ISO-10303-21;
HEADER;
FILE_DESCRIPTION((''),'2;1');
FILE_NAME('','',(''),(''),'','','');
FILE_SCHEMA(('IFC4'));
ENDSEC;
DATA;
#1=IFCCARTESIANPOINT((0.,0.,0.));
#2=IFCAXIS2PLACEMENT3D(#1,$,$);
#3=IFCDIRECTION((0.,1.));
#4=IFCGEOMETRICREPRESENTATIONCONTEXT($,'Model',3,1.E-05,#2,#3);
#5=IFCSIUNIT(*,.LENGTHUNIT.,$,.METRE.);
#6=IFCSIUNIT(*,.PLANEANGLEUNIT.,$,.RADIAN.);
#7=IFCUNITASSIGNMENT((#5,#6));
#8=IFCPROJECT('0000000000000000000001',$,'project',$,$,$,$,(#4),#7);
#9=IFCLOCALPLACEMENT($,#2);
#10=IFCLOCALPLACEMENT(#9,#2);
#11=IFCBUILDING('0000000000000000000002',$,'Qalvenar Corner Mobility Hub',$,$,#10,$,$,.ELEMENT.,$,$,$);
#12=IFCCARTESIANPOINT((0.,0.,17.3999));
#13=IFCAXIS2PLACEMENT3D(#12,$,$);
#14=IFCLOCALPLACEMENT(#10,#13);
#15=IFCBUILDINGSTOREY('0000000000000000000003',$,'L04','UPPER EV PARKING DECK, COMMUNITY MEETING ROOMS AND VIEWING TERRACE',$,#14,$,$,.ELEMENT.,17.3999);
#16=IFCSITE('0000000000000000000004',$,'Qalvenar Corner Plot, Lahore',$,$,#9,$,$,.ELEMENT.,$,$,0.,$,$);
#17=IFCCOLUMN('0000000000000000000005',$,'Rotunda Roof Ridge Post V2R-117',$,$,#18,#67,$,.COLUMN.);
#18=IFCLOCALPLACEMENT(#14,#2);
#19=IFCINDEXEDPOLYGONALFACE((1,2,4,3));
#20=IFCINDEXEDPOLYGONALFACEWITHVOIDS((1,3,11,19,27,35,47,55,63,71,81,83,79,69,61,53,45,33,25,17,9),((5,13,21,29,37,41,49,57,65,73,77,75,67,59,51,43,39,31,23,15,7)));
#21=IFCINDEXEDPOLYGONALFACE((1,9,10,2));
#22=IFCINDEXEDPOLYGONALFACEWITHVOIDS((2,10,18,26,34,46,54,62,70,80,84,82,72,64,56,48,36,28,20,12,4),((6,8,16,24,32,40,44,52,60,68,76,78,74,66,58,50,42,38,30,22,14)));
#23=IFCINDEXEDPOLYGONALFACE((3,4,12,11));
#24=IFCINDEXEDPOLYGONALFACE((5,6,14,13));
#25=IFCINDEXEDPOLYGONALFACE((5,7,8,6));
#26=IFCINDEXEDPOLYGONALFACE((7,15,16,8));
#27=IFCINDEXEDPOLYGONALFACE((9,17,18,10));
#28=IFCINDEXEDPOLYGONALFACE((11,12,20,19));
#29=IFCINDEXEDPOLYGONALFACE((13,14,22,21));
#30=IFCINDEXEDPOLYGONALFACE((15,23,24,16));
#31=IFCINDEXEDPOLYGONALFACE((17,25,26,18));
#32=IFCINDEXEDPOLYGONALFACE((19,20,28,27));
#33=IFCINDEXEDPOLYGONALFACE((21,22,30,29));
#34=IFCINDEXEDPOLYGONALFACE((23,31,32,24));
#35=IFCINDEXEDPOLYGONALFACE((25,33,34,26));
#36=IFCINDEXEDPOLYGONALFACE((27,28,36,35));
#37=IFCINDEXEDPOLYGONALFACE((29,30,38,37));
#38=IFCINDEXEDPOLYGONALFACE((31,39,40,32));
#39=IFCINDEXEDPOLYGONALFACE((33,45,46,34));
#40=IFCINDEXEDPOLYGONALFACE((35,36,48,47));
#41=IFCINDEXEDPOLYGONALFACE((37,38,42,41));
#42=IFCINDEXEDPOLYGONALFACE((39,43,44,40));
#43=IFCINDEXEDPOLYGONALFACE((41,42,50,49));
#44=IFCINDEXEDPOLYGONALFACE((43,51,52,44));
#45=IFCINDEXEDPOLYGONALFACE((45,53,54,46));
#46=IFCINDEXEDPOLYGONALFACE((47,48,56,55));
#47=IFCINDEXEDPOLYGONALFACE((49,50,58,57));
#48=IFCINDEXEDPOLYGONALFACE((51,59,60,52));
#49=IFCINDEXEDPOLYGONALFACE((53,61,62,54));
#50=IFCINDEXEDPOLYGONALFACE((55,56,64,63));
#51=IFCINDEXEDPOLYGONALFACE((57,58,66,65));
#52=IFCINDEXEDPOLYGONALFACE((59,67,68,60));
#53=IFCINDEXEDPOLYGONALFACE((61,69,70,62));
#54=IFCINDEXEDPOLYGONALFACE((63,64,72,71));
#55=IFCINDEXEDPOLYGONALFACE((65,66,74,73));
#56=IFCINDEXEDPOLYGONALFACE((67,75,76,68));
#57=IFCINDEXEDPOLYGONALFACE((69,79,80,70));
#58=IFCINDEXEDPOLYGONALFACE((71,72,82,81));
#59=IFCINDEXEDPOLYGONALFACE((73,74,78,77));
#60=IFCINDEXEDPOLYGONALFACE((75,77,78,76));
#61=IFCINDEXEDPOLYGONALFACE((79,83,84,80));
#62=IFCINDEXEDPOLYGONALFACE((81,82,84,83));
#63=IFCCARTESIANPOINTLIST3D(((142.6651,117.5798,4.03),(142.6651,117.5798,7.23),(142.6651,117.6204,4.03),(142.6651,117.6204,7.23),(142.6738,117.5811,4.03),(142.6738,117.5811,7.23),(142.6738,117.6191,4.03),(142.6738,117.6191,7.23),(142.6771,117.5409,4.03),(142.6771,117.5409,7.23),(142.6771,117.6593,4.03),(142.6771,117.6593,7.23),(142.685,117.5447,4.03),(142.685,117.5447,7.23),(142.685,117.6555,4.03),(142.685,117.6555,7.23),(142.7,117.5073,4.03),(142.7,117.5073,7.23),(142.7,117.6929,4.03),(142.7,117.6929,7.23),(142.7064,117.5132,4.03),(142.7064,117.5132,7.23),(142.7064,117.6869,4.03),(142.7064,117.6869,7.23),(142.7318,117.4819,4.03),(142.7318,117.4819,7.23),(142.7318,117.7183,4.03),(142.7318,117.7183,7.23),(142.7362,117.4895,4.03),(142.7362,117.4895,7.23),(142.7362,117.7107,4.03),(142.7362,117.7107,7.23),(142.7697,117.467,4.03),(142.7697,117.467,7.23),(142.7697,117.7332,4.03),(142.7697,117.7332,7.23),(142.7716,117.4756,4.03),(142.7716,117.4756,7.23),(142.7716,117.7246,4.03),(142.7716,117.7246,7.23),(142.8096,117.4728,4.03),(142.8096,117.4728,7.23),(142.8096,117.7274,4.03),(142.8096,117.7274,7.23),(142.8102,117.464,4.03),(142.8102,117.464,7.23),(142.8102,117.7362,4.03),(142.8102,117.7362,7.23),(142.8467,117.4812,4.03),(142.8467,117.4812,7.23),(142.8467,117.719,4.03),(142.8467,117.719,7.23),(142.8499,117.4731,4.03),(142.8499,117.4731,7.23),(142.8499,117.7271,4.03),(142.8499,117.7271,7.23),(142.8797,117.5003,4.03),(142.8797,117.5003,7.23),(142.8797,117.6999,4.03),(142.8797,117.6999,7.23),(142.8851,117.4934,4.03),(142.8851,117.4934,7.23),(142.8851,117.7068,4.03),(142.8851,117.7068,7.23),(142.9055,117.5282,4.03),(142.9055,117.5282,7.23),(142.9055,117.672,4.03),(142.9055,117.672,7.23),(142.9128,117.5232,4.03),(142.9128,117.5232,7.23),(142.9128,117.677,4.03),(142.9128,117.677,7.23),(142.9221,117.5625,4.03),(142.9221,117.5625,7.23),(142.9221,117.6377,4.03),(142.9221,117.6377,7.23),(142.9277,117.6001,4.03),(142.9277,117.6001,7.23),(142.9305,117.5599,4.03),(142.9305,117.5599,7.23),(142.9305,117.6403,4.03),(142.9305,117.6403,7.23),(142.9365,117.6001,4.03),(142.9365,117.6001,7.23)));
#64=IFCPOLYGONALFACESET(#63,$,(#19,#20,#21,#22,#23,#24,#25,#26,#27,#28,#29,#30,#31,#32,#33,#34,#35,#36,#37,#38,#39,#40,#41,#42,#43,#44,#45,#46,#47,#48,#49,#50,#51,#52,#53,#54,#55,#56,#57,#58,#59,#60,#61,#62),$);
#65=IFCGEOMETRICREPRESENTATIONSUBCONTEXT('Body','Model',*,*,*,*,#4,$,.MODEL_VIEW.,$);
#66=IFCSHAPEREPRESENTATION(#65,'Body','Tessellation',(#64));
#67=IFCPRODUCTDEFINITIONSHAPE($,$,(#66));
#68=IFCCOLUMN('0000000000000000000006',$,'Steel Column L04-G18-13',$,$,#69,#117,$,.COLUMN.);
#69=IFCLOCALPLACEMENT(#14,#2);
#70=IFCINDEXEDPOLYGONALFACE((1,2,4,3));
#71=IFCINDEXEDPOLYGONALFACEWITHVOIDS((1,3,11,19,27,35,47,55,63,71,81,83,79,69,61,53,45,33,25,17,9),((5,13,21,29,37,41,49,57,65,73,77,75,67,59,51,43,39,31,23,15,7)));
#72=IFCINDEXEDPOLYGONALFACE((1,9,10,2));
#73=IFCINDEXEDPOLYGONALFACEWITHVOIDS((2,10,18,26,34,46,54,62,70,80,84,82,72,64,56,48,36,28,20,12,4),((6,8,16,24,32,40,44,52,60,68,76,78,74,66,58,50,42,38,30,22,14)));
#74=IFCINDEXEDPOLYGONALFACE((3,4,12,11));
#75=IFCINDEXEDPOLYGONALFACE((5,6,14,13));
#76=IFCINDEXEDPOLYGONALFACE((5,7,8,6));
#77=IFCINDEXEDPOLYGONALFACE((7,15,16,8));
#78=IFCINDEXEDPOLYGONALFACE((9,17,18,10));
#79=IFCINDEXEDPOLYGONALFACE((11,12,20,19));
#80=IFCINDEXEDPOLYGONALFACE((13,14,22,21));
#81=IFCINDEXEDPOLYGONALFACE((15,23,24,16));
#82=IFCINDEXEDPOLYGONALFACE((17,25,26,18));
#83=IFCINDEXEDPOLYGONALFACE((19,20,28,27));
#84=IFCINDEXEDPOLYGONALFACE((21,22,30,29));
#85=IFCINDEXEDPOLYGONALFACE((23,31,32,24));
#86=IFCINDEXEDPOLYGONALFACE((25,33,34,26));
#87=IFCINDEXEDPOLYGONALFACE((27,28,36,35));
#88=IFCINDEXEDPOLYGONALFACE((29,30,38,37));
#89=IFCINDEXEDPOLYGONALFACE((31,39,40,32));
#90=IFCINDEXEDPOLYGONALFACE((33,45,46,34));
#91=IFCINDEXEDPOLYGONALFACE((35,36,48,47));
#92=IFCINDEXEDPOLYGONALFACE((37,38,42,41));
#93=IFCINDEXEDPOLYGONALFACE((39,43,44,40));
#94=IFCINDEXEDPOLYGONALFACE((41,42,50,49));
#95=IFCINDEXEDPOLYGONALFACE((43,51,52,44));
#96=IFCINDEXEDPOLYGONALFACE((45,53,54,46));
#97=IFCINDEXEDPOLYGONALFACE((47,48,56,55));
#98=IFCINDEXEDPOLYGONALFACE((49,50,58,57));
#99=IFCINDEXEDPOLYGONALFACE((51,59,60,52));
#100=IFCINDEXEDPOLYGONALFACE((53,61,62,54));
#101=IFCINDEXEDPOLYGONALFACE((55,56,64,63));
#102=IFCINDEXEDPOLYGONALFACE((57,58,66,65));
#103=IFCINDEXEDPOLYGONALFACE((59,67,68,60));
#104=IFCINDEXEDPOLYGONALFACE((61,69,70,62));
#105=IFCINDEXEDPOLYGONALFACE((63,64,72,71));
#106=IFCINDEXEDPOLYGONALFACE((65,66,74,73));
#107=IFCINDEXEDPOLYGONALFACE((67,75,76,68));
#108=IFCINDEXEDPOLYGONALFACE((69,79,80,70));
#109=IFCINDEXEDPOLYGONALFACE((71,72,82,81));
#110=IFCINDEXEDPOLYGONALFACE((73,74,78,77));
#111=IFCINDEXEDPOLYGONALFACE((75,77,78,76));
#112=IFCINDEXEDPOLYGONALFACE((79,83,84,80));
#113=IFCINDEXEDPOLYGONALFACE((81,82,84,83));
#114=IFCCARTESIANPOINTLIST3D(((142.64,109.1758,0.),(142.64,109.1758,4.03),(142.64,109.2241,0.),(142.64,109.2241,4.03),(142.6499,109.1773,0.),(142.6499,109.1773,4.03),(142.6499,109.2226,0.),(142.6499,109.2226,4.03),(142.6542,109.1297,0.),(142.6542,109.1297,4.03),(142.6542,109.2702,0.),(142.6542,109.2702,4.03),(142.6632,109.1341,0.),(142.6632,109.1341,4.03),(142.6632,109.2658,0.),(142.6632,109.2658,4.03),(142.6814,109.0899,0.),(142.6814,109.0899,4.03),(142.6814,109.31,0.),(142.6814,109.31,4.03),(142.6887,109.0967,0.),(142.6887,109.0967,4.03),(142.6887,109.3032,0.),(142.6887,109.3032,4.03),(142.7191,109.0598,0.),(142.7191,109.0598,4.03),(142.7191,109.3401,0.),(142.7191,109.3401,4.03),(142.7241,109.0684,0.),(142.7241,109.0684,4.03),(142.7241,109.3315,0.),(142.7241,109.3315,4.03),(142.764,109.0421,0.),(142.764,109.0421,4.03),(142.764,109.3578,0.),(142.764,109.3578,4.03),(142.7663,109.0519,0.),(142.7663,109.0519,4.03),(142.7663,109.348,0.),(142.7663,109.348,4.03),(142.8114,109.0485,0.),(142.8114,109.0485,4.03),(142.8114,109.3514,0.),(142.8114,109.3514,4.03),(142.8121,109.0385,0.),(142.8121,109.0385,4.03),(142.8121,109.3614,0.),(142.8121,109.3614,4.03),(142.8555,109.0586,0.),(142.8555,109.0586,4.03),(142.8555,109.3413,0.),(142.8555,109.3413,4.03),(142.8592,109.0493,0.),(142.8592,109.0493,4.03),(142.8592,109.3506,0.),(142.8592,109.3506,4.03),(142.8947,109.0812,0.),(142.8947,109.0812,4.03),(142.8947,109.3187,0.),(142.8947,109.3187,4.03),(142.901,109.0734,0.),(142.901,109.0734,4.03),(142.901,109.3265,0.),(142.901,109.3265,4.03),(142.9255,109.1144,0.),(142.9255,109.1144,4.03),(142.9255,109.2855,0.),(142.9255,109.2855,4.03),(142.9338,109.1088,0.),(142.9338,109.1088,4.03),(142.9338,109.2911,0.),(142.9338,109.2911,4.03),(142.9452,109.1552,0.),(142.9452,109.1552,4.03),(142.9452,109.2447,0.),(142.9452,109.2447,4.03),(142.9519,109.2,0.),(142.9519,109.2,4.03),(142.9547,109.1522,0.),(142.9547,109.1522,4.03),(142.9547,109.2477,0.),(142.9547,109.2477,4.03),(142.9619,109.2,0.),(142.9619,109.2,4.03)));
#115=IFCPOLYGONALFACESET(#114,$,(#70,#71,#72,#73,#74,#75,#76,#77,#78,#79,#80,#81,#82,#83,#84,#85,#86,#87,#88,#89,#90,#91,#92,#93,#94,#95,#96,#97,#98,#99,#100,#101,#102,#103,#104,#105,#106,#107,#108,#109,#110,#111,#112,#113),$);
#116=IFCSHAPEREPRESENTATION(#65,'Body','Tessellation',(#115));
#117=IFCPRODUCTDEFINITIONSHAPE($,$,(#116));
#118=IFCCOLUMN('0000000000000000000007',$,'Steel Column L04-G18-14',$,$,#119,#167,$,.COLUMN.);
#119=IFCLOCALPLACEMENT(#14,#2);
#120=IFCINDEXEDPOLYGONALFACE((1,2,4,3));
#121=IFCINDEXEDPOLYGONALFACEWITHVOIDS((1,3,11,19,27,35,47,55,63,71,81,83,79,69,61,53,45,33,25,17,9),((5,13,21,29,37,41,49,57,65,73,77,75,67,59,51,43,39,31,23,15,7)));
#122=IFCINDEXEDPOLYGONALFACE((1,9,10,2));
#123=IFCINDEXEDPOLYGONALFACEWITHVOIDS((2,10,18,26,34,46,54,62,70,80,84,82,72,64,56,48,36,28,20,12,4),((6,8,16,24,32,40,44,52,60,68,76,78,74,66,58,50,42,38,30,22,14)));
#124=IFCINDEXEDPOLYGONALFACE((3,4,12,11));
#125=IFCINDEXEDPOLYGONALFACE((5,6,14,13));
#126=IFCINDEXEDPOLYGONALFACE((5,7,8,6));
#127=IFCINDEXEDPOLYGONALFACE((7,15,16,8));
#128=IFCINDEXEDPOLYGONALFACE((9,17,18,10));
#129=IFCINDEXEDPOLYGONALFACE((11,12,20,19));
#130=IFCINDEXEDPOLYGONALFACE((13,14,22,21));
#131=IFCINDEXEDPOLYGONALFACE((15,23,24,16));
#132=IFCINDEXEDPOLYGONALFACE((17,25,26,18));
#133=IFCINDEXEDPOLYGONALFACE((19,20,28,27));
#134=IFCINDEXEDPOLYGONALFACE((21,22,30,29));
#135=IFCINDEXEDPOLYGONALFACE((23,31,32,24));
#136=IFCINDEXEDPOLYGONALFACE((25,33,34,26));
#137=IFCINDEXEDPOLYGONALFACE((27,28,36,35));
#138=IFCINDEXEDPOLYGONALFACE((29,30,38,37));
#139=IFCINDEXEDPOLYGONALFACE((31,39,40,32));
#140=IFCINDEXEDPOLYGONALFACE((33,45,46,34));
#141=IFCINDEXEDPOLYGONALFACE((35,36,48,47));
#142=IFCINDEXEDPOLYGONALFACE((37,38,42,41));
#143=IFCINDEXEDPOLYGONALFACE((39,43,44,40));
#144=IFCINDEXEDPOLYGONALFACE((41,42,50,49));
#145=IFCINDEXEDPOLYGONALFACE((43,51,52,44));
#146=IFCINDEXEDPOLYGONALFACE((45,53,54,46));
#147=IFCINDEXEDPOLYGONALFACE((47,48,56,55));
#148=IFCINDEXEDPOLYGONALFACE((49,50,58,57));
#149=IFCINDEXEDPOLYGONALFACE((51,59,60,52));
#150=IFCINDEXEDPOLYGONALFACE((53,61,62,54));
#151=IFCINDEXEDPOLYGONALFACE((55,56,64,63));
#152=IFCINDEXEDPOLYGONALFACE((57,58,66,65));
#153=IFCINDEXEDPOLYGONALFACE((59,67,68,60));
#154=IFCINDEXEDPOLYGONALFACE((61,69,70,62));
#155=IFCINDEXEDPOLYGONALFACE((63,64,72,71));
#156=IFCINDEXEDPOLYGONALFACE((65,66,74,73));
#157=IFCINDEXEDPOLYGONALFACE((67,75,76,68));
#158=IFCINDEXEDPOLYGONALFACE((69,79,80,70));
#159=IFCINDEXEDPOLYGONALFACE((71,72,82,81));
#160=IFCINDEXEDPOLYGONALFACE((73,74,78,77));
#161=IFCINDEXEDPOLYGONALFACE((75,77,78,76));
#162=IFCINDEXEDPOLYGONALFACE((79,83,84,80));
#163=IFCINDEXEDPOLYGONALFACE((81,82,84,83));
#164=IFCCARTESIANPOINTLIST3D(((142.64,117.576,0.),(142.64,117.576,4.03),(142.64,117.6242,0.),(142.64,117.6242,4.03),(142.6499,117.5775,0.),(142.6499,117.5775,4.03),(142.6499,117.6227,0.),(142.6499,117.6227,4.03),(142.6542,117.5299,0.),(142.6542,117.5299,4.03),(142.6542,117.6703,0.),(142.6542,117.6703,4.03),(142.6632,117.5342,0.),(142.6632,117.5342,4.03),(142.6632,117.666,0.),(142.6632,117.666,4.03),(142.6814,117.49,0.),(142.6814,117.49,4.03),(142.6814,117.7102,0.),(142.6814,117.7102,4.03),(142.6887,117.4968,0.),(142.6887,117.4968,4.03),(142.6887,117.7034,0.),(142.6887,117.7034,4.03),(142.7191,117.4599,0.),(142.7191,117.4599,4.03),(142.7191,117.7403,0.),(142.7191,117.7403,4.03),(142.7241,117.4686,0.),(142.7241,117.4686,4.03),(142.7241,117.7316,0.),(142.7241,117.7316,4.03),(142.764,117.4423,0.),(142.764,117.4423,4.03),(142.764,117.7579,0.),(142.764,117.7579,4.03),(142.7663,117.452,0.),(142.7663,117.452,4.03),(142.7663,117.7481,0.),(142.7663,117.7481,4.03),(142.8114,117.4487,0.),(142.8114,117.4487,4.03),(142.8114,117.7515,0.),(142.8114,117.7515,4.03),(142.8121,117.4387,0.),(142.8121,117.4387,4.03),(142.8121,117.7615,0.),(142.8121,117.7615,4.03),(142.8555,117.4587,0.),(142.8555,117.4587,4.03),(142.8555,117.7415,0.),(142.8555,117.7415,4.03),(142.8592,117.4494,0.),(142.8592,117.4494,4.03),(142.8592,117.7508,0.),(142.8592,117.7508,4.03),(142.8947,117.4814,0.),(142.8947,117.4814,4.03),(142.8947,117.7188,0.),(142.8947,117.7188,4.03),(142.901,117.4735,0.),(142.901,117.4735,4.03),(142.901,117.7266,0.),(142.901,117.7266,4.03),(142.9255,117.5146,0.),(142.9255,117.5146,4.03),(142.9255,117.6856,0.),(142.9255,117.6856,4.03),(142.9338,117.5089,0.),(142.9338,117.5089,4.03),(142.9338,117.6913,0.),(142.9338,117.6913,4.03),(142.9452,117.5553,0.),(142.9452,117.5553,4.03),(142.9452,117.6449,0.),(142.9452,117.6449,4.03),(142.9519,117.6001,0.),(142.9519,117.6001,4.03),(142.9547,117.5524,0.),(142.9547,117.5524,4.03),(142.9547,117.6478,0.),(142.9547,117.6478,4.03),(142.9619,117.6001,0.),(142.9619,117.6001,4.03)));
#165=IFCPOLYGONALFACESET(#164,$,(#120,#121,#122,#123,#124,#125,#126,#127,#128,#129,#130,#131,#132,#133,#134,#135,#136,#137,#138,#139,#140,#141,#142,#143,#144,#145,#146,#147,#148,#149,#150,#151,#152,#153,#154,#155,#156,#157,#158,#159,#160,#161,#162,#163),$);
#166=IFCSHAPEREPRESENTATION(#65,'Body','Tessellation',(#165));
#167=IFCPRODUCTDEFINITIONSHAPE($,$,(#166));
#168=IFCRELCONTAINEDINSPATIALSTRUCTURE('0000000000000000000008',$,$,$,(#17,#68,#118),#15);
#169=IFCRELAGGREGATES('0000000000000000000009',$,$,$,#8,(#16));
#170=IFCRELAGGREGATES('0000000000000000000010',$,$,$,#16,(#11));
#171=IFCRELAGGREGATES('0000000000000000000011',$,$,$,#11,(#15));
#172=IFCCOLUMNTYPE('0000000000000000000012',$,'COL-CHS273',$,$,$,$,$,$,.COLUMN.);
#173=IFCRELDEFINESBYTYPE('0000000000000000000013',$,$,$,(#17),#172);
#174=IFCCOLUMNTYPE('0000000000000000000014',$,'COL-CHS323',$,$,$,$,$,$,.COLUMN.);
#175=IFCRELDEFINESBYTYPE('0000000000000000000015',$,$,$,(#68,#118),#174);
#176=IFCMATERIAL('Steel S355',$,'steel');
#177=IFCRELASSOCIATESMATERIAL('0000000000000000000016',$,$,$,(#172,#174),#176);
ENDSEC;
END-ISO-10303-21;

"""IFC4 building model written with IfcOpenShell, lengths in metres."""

from ifc_helpers import new_model, si_unit, direction, frame, origin, origin_2d, place, context, subcontext, project, spatial, hollow_circle, extrude, material, material_profile, profile_set, type_object, element, save


model = new_model("IFC4")

# Units and contexts
model_context = context("Model", 3, precision=1e-05, world=origin(), true_north=direction((0.0, 1.0)))
body_context = subcontext(model_context, "Body", "Model", "MODEL_VIEW")
ifc_project = project(units=[si_unit("LENGTHUNIT", "METRE"), si_unit("PLANEANGLEUNIT", "RADIAN")], contexts=[model_context])

# Site, building, storey
site_placement = place(None, origin())
site = spatial("IfcSite", under=ifc_project, at=site_placement, Name="Qalvenar Corner Plot, Lahore", CompositionType="ELEMENT", RefElevation=0.0)
building_placement = place(site_placement, origin())
building = spatial("IfcBuilding", under=site, at=building_placement, Name="Qalvenar Corner Mobility Hub", CompositionType="ELEMENT")
storey_placement = place(building_placement, frame((0.0, 0.0, 17.3999)))
storey = spatial("IfcBuildingStorey", under=building, at=storey_placement, Name="L04", Description="UPPER EV PARKING DECK, COMMUNITY MEETING ROOMS AND VIEWING TERRACE", CompositionType="ELEMENT", Elevation=17.3999)

# Columns
ifc_material_1 = material(Name="Steel S355", Category="steel")
ifc_material_profile_1 = material_profile(ifc_material_1, hollow_circle(Radius=0.1365, WallThickness=0.0088, at=origin_2d()), Name="CHS273x8.8")
ifc_profile_set_1 = profile_set([ifc_material_profile_1], Name="Steel S355")
column_type_1 = type_object("IfcColumnType", Name="COL-CHS273", PredefinedType="COLUMN", material=ifc_profile_set_1)
column_placement = place(storey_placement, frame((142.8, 117.6001, 4.03), z_axis=(0.0, 0.0, 1.0), x_axis=(1.0, 0.0, 0.0)))
element("IfcColumn", 1, at=column_placement, inside=storey, type_object=column_type_1, Name="Rotunda Roof Ridge Post V2R-117", PredefinedType="COLUMN", context=body_context, shape_type="SweptSolid", body=[
    extrude(hollow_circle(Radius=0.1365, WallThickness=0.0088, at=origin_2d()), origin(), (0.0, 0.0, 1.0), 3.2),
])
ifc_material_profile_2 = material_profile(ifc_material_1, hollow_circle(Radius=0.1619, WallThickness=0.01, at=origin_2d()), Name="CHS323.9x10")
ifc_profile_set_2 = profile_set([ifc_material_profile_2], Name="Steel S355")
column_type_2 = type_object("IfcColumnType", Name="COL-CHS323", PredefinedType="COLUMN", material=ifc_profile_set_2)
for number, where, z_axis, x_axis, name in (
    (2, (142.8, 109.2, 0.0), (0.0, 0.0, 1.0), (1.0, 0.0, 0.0), "Steel Column L04-G18-13"),
    (3, (142.8, 117.6001, 0.0), (0.0, 0.0, 1.0), (1.0, 0.0, 0.0), "Steel Column L04-G18-14"),
):
    element("IfcColumn", number, at=place(storey_placement, frame(where, z_axis=z_axis, x_axis=x_axis)), inside=storey, type_object=column_type_2, Name=name, PredefinedType="COLUMN", context=body_context, shape_type="SweptSolid", body=[
        extrude(hollow_circle(Radius=0.1619, WallThickness=0.01, at=origin_2d()), origin(), (0.0, 0.0, 1.0), 4.03),
    ])

save(model, "model.ifc")
